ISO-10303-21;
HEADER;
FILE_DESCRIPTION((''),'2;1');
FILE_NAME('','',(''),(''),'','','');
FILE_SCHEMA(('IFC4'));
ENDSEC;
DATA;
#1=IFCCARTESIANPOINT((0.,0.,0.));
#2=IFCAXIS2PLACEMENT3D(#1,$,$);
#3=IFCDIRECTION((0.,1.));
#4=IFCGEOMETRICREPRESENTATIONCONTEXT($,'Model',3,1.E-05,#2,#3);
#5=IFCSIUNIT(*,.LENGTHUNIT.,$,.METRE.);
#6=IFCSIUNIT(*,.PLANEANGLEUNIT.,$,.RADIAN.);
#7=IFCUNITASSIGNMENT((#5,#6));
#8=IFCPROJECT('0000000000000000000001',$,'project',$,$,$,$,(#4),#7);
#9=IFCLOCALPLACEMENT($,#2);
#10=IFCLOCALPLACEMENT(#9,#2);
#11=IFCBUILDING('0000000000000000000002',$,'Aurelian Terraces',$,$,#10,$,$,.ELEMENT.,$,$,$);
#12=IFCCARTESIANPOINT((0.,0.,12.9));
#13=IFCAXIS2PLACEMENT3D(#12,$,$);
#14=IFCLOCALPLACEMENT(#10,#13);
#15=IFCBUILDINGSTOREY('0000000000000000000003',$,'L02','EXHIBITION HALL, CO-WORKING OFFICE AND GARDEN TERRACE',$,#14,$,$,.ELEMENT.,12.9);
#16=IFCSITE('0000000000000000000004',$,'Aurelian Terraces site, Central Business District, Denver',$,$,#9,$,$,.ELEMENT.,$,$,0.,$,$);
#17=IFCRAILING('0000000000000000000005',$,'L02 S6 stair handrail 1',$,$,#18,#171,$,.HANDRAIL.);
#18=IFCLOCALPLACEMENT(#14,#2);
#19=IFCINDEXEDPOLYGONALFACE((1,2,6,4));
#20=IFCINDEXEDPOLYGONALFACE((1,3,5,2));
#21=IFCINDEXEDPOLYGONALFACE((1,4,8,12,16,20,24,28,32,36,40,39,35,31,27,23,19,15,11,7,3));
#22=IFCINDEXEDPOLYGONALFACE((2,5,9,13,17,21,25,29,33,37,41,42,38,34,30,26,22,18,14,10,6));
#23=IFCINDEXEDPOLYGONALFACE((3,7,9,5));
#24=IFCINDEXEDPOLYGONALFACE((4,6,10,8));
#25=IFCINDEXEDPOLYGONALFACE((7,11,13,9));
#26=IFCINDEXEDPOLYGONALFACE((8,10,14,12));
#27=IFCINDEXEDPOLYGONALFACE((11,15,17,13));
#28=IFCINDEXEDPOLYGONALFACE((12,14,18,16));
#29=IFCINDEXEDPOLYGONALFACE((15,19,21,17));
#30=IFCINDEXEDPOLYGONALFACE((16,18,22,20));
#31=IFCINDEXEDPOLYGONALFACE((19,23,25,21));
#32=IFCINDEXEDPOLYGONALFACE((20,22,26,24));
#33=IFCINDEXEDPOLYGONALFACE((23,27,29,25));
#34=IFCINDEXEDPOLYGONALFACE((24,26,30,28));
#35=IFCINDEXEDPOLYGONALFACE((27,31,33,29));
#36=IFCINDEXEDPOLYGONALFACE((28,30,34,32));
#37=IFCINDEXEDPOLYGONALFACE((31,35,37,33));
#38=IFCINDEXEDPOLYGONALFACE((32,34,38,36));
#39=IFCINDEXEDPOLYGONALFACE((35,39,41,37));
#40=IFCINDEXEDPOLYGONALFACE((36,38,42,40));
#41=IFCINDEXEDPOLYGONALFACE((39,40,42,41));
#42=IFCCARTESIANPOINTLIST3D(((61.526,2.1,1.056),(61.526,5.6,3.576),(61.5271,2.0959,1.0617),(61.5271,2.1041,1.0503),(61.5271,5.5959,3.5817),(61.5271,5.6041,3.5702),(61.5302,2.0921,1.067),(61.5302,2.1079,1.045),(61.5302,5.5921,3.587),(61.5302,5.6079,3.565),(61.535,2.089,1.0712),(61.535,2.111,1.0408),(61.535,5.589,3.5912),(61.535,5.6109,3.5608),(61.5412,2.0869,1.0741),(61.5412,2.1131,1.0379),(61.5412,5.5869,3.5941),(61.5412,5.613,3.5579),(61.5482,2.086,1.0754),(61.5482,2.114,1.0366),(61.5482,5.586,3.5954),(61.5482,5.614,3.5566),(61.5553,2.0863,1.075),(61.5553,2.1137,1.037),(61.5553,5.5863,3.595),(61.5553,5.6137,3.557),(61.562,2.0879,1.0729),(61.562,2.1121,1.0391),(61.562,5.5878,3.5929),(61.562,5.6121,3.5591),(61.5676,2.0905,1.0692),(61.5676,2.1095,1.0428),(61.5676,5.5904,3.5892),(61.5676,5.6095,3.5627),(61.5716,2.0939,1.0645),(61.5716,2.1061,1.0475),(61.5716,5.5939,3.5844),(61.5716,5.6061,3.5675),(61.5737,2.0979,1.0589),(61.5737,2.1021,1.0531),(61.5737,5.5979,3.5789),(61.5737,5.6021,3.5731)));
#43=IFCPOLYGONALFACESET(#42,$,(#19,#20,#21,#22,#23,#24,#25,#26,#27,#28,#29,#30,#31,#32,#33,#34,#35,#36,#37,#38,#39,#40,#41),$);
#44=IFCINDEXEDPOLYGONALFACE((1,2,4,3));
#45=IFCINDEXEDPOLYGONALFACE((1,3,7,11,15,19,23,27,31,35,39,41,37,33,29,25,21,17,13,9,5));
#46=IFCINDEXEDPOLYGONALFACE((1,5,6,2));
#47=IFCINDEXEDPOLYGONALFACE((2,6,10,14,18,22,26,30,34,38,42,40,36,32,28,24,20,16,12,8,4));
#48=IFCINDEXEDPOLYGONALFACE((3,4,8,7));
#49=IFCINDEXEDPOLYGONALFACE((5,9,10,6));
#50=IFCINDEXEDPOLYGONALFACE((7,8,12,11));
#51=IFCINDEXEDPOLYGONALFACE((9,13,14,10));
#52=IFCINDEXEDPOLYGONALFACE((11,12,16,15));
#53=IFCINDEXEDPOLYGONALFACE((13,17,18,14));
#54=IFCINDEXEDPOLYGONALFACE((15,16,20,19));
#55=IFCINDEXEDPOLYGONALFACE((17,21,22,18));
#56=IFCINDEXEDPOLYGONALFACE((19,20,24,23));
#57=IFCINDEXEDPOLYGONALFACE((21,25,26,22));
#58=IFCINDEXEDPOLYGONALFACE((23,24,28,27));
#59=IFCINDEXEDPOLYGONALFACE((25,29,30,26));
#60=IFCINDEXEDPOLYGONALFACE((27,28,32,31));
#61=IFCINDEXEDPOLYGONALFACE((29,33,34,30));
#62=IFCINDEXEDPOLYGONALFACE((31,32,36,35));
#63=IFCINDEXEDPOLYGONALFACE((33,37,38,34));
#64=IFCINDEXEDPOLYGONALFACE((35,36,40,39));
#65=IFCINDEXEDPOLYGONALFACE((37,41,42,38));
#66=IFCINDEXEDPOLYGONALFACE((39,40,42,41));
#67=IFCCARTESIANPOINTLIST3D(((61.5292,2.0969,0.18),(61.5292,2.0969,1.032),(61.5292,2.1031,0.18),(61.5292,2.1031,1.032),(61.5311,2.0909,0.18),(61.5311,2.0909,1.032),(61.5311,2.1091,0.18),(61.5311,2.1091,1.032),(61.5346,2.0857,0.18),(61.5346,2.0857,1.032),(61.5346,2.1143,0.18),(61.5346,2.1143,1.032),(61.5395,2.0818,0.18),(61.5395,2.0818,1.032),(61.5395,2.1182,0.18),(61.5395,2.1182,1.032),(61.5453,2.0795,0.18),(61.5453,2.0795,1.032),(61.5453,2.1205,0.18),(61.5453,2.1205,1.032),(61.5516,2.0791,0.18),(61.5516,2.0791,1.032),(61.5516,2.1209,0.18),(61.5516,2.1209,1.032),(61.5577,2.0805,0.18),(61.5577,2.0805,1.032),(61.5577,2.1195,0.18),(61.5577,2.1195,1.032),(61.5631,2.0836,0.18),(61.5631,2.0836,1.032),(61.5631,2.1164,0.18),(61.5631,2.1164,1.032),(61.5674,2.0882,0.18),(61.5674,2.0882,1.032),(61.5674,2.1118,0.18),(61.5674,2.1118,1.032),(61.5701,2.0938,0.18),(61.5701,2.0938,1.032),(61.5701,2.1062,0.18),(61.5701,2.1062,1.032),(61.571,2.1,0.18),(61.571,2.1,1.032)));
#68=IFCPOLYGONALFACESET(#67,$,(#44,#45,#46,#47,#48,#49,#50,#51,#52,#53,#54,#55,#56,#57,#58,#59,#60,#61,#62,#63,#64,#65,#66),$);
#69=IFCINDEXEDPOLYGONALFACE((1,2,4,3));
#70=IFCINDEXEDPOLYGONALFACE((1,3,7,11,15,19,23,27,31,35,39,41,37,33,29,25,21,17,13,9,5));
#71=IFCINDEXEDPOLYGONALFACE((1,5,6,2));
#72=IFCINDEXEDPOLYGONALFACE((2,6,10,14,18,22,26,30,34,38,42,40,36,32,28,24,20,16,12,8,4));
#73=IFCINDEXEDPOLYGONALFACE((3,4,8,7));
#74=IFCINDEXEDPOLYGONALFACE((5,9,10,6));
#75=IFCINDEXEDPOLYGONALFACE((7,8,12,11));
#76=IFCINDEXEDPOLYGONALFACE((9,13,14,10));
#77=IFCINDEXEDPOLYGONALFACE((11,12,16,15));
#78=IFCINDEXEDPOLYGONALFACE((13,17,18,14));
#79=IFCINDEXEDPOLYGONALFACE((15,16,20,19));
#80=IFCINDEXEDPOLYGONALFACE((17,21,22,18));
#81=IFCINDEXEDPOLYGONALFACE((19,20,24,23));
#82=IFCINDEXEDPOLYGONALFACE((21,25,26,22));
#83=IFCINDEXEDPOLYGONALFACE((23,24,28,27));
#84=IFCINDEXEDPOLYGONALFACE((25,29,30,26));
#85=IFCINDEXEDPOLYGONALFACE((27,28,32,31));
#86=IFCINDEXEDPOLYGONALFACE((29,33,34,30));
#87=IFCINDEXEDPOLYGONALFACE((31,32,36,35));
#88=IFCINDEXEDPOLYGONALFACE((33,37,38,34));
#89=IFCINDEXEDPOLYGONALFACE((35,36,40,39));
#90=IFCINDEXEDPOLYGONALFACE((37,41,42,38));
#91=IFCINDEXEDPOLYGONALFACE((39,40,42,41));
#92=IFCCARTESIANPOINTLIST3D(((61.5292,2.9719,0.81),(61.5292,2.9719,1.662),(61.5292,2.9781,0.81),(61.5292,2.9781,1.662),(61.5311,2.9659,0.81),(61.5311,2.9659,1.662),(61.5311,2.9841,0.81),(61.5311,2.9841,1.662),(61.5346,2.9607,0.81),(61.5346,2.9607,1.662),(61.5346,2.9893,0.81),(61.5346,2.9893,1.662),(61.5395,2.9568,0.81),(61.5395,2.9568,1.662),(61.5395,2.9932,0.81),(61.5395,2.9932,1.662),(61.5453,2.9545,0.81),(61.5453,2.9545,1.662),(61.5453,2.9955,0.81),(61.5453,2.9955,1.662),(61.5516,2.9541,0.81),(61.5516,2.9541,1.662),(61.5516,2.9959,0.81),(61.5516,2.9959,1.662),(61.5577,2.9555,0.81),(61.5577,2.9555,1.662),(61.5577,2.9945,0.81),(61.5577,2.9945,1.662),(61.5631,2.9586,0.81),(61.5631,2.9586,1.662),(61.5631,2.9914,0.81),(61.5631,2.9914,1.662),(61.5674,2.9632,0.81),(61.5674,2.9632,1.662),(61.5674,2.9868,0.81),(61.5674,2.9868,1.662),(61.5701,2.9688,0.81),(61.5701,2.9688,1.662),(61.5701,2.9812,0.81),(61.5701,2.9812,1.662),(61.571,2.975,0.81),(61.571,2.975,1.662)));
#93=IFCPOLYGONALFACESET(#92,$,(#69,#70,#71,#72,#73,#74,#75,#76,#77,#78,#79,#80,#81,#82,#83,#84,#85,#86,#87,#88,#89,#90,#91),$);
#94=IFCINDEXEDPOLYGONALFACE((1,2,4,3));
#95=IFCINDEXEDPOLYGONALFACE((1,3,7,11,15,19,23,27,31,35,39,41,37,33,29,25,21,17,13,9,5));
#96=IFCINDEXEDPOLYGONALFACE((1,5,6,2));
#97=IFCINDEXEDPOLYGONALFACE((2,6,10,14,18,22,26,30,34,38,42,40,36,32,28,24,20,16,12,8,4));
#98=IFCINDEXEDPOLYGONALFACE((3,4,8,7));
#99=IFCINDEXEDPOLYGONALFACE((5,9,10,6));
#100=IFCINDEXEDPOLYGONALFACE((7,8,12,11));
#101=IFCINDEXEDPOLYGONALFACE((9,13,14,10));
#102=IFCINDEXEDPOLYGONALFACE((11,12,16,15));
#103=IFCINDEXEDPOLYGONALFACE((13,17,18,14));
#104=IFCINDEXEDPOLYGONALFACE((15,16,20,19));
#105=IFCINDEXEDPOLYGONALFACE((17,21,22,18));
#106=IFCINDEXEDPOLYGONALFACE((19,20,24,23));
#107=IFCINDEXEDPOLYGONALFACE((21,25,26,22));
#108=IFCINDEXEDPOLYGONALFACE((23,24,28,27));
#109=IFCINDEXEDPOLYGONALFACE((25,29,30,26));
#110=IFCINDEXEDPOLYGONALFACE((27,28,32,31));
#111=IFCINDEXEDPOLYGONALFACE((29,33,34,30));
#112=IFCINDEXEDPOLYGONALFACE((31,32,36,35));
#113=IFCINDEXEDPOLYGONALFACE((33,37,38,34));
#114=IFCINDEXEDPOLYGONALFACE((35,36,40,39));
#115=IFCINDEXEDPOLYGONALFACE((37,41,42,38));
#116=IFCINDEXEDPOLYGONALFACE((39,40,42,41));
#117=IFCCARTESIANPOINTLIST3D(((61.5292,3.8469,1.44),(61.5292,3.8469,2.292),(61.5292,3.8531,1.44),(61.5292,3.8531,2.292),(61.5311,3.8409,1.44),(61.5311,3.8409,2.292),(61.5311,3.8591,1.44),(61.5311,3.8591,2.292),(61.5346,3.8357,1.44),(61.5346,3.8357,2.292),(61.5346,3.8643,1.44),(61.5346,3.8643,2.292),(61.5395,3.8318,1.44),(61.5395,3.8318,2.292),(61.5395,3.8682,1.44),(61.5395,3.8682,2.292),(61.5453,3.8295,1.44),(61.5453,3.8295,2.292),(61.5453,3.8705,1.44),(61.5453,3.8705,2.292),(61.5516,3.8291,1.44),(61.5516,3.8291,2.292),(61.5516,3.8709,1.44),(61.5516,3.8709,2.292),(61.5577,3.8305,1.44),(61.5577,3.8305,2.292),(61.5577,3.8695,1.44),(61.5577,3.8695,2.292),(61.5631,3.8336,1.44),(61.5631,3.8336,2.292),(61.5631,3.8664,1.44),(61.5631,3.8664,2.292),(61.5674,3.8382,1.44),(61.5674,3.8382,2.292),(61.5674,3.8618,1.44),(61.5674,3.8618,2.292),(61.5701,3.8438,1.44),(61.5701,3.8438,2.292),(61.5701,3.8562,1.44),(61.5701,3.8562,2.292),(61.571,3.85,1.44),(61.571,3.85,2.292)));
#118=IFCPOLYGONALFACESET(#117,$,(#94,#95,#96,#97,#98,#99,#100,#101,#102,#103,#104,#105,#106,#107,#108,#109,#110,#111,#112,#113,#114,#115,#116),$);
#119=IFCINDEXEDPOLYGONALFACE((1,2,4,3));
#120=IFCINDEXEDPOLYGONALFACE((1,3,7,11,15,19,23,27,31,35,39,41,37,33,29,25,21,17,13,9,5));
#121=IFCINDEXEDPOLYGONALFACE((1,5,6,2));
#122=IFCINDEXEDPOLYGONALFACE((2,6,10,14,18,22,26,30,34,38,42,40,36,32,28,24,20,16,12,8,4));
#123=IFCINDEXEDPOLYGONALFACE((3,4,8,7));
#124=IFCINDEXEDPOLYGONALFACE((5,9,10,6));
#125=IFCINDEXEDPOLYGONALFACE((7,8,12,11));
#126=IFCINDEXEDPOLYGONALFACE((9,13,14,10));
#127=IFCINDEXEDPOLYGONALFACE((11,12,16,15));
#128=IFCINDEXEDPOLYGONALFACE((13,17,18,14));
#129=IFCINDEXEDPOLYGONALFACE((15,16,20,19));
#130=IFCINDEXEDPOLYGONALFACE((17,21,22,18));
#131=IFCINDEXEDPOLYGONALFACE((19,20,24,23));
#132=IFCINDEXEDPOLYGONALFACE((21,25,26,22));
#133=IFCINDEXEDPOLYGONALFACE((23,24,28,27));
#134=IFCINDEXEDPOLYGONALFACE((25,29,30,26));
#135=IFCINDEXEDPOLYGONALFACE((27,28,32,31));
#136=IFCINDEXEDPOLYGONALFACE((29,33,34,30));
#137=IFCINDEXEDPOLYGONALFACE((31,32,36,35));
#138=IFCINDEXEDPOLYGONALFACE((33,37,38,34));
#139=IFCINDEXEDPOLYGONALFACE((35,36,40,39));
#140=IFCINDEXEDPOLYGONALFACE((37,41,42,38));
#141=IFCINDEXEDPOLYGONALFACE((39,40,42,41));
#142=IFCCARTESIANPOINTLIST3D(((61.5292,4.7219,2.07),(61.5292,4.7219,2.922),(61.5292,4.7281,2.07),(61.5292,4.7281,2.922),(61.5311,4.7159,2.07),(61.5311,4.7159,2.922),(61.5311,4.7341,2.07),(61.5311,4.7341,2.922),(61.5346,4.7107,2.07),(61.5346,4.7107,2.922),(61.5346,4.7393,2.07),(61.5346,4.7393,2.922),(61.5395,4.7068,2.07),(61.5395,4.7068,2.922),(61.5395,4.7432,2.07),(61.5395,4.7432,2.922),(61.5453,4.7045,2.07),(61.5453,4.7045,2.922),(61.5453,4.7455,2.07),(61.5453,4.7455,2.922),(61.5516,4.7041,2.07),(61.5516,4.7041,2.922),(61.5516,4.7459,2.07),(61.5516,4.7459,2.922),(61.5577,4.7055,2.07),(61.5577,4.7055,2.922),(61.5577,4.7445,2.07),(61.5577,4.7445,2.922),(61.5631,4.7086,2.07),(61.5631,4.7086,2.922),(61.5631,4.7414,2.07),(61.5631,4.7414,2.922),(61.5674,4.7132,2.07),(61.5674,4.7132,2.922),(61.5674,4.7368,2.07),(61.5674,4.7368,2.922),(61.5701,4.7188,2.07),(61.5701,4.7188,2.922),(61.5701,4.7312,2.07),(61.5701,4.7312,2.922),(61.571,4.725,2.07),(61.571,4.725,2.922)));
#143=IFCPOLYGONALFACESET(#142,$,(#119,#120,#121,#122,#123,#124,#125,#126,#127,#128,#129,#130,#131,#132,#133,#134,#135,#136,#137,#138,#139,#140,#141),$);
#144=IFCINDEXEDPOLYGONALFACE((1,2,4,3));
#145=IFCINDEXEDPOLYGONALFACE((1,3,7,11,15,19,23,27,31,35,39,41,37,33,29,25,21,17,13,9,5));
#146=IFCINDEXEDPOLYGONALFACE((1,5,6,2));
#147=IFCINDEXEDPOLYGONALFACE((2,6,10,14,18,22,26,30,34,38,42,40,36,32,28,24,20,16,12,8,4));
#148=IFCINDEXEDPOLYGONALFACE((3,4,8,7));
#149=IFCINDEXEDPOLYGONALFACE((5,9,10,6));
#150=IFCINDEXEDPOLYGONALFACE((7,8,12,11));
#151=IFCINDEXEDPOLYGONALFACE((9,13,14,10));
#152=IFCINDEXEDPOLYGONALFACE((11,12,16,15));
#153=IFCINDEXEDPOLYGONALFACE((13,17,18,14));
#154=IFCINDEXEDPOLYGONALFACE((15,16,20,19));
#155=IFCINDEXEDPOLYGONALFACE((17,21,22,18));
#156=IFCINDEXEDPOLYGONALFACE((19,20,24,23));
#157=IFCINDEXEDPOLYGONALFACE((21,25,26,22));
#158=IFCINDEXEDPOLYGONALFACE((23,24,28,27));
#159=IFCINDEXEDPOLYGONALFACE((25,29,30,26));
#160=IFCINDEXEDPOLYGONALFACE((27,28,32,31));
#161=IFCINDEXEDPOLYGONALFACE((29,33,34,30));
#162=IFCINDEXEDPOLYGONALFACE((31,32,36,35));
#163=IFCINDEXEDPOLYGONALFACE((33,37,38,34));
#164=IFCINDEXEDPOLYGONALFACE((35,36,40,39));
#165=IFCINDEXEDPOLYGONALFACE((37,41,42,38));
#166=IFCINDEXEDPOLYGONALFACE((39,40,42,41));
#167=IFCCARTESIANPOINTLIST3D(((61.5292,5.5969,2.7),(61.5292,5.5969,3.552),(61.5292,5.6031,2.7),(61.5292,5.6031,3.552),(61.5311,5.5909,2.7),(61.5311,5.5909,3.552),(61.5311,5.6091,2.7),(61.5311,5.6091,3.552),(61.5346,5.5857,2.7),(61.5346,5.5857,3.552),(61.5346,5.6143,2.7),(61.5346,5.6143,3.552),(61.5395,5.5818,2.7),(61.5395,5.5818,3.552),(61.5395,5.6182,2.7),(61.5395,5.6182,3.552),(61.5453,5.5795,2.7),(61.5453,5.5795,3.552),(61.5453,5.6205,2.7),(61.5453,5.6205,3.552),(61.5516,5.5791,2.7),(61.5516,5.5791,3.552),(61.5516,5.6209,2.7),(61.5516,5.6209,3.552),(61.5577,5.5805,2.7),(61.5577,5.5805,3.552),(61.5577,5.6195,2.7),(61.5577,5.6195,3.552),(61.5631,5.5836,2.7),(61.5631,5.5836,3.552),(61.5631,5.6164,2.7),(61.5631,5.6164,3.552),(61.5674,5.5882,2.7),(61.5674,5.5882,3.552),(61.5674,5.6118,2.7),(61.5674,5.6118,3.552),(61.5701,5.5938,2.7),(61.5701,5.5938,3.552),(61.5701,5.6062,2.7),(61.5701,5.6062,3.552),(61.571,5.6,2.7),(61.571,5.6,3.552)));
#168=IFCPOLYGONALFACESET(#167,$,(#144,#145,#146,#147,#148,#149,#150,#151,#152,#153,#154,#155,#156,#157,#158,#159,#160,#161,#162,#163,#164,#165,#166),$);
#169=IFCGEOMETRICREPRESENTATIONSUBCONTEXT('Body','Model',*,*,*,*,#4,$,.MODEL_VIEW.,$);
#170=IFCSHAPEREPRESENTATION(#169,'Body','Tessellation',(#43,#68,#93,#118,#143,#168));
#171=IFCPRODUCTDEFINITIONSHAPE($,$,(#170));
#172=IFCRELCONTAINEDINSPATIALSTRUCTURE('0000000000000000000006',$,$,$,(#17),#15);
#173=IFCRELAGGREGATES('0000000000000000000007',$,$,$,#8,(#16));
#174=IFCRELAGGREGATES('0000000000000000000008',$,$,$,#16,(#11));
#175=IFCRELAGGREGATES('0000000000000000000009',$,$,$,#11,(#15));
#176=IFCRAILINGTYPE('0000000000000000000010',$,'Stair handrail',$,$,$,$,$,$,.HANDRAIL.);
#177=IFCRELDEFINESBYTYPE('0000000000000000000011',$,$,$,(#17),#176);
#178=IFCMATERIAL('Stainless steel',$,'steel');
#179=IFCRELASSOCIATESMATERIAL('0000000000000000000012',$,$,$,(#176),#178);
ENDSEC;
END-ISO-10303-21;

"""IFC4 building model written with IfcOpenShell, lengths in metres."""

from ifc_helpers import new_model, si_unit, direction, frame, origin, origin_2d, place, context, subcontext, project, spatial, circle, extrude, source, transform, mapped, material, type_object, element, save


model = new_model("IFC4")

# Units and contexts
model_context = context("Model", 3, precision=1e-05, world=origin(), true_north=direction((0.0, 1.0)))
body_context = subcontext(model_context, "Body", "Model", "MODEL_VIEW")
ifc_project = project(units=[si_unit("LENGTHUNIT", "METRE"), si_unit("PLANEANGLEUNIT", "RADIAN")], contexts=[model_context])

# Site, building, storey
site_placement = place(None, origin())
site = spatial("IfcSite", under=ifc_project, at=site_placement, Name="Aurelian Terraces site, Central Business District, Denver", CompositionType="ELEMENT", RefElevation=0.0)
building_placement = place(site_placement, origin())
building = spatial("IfcBuilding", under=site, at=building_placement, Name="Aurelian Terraces", CompositionType="ELEMENT")
storey_placement = place(building_placement, frame((0.0, 0.0, 12.9)))
storey = spatial("IfcBuildingStorey", under=building, at=storey_placement, Name="L02", Description="EXHIBITION HALL, CO-WORKING OFFICE AND GARDEN TERRACE", CompositionType="ELEMENT", Elevation=12.9)

# Railing
ifc_material_1 = material(Name="Stainless steel", Category="steel")
railing_type_1 = type_object("IfcRailingType", Name="Stair handrail", PredefinedType="HANDRAIL", material=ifc_material_1)
shared_shape_1 = source(origin(), body_context, "Body", "SweptSolid", [
    extrude(circle(Radius=0.024, at=origin_2d()), frame((0.0, 0.0, 0.876), z_axis=(0.0, 0.811534, 0.584305), x_axis=(-1.0, 0.0, 0.0)), (0.0, 0.0, 1.0), 4.3128),
    extrude(circle(Radius=0.021, at=origin_2d()), origin(), (0.0, 0.0, 1.0), 0.852),
    extrude(circle(Radius=0.021, at=origin_2d()), frame((0.0, 0.875, 0.63)), (0.0, 0.0, 1.0), 0.852),
    extrude(circle(Radius=0.021, at=origin_2d()), frame((0.0, 1.75, 1.26)), (0.0, 0.0, 1.0), 0.852),
    extrude(circle(Radius=0.021, at=origin_2d()), frame((0.0, 2.625, 1.89)), (0.0, 0.0, 1.0), 0.852),
    extrude(circle(Radius=0.021, at=origin_2d()), frame((0.0, 3.5, 2.52)), (0.0, 0.0, 1.0), 0.852),
])
railing_1_placement = place(storey_placement, frame((61.55, 2.1, 0.18)))
element("IfcRailing", 1, at=railing_1_placement, inside=storey, type_object=railing_type_1, Name="L02 S6 stair handrail 1", PredefinedType="HANDRAIL", context=body_context, shape_type="MappedRepresentation", body=[
    mapped(shared_shape_1, transform((0.0, 0.0, 0.0), scale=1.0)),
])

save(model, "model.ifc")
